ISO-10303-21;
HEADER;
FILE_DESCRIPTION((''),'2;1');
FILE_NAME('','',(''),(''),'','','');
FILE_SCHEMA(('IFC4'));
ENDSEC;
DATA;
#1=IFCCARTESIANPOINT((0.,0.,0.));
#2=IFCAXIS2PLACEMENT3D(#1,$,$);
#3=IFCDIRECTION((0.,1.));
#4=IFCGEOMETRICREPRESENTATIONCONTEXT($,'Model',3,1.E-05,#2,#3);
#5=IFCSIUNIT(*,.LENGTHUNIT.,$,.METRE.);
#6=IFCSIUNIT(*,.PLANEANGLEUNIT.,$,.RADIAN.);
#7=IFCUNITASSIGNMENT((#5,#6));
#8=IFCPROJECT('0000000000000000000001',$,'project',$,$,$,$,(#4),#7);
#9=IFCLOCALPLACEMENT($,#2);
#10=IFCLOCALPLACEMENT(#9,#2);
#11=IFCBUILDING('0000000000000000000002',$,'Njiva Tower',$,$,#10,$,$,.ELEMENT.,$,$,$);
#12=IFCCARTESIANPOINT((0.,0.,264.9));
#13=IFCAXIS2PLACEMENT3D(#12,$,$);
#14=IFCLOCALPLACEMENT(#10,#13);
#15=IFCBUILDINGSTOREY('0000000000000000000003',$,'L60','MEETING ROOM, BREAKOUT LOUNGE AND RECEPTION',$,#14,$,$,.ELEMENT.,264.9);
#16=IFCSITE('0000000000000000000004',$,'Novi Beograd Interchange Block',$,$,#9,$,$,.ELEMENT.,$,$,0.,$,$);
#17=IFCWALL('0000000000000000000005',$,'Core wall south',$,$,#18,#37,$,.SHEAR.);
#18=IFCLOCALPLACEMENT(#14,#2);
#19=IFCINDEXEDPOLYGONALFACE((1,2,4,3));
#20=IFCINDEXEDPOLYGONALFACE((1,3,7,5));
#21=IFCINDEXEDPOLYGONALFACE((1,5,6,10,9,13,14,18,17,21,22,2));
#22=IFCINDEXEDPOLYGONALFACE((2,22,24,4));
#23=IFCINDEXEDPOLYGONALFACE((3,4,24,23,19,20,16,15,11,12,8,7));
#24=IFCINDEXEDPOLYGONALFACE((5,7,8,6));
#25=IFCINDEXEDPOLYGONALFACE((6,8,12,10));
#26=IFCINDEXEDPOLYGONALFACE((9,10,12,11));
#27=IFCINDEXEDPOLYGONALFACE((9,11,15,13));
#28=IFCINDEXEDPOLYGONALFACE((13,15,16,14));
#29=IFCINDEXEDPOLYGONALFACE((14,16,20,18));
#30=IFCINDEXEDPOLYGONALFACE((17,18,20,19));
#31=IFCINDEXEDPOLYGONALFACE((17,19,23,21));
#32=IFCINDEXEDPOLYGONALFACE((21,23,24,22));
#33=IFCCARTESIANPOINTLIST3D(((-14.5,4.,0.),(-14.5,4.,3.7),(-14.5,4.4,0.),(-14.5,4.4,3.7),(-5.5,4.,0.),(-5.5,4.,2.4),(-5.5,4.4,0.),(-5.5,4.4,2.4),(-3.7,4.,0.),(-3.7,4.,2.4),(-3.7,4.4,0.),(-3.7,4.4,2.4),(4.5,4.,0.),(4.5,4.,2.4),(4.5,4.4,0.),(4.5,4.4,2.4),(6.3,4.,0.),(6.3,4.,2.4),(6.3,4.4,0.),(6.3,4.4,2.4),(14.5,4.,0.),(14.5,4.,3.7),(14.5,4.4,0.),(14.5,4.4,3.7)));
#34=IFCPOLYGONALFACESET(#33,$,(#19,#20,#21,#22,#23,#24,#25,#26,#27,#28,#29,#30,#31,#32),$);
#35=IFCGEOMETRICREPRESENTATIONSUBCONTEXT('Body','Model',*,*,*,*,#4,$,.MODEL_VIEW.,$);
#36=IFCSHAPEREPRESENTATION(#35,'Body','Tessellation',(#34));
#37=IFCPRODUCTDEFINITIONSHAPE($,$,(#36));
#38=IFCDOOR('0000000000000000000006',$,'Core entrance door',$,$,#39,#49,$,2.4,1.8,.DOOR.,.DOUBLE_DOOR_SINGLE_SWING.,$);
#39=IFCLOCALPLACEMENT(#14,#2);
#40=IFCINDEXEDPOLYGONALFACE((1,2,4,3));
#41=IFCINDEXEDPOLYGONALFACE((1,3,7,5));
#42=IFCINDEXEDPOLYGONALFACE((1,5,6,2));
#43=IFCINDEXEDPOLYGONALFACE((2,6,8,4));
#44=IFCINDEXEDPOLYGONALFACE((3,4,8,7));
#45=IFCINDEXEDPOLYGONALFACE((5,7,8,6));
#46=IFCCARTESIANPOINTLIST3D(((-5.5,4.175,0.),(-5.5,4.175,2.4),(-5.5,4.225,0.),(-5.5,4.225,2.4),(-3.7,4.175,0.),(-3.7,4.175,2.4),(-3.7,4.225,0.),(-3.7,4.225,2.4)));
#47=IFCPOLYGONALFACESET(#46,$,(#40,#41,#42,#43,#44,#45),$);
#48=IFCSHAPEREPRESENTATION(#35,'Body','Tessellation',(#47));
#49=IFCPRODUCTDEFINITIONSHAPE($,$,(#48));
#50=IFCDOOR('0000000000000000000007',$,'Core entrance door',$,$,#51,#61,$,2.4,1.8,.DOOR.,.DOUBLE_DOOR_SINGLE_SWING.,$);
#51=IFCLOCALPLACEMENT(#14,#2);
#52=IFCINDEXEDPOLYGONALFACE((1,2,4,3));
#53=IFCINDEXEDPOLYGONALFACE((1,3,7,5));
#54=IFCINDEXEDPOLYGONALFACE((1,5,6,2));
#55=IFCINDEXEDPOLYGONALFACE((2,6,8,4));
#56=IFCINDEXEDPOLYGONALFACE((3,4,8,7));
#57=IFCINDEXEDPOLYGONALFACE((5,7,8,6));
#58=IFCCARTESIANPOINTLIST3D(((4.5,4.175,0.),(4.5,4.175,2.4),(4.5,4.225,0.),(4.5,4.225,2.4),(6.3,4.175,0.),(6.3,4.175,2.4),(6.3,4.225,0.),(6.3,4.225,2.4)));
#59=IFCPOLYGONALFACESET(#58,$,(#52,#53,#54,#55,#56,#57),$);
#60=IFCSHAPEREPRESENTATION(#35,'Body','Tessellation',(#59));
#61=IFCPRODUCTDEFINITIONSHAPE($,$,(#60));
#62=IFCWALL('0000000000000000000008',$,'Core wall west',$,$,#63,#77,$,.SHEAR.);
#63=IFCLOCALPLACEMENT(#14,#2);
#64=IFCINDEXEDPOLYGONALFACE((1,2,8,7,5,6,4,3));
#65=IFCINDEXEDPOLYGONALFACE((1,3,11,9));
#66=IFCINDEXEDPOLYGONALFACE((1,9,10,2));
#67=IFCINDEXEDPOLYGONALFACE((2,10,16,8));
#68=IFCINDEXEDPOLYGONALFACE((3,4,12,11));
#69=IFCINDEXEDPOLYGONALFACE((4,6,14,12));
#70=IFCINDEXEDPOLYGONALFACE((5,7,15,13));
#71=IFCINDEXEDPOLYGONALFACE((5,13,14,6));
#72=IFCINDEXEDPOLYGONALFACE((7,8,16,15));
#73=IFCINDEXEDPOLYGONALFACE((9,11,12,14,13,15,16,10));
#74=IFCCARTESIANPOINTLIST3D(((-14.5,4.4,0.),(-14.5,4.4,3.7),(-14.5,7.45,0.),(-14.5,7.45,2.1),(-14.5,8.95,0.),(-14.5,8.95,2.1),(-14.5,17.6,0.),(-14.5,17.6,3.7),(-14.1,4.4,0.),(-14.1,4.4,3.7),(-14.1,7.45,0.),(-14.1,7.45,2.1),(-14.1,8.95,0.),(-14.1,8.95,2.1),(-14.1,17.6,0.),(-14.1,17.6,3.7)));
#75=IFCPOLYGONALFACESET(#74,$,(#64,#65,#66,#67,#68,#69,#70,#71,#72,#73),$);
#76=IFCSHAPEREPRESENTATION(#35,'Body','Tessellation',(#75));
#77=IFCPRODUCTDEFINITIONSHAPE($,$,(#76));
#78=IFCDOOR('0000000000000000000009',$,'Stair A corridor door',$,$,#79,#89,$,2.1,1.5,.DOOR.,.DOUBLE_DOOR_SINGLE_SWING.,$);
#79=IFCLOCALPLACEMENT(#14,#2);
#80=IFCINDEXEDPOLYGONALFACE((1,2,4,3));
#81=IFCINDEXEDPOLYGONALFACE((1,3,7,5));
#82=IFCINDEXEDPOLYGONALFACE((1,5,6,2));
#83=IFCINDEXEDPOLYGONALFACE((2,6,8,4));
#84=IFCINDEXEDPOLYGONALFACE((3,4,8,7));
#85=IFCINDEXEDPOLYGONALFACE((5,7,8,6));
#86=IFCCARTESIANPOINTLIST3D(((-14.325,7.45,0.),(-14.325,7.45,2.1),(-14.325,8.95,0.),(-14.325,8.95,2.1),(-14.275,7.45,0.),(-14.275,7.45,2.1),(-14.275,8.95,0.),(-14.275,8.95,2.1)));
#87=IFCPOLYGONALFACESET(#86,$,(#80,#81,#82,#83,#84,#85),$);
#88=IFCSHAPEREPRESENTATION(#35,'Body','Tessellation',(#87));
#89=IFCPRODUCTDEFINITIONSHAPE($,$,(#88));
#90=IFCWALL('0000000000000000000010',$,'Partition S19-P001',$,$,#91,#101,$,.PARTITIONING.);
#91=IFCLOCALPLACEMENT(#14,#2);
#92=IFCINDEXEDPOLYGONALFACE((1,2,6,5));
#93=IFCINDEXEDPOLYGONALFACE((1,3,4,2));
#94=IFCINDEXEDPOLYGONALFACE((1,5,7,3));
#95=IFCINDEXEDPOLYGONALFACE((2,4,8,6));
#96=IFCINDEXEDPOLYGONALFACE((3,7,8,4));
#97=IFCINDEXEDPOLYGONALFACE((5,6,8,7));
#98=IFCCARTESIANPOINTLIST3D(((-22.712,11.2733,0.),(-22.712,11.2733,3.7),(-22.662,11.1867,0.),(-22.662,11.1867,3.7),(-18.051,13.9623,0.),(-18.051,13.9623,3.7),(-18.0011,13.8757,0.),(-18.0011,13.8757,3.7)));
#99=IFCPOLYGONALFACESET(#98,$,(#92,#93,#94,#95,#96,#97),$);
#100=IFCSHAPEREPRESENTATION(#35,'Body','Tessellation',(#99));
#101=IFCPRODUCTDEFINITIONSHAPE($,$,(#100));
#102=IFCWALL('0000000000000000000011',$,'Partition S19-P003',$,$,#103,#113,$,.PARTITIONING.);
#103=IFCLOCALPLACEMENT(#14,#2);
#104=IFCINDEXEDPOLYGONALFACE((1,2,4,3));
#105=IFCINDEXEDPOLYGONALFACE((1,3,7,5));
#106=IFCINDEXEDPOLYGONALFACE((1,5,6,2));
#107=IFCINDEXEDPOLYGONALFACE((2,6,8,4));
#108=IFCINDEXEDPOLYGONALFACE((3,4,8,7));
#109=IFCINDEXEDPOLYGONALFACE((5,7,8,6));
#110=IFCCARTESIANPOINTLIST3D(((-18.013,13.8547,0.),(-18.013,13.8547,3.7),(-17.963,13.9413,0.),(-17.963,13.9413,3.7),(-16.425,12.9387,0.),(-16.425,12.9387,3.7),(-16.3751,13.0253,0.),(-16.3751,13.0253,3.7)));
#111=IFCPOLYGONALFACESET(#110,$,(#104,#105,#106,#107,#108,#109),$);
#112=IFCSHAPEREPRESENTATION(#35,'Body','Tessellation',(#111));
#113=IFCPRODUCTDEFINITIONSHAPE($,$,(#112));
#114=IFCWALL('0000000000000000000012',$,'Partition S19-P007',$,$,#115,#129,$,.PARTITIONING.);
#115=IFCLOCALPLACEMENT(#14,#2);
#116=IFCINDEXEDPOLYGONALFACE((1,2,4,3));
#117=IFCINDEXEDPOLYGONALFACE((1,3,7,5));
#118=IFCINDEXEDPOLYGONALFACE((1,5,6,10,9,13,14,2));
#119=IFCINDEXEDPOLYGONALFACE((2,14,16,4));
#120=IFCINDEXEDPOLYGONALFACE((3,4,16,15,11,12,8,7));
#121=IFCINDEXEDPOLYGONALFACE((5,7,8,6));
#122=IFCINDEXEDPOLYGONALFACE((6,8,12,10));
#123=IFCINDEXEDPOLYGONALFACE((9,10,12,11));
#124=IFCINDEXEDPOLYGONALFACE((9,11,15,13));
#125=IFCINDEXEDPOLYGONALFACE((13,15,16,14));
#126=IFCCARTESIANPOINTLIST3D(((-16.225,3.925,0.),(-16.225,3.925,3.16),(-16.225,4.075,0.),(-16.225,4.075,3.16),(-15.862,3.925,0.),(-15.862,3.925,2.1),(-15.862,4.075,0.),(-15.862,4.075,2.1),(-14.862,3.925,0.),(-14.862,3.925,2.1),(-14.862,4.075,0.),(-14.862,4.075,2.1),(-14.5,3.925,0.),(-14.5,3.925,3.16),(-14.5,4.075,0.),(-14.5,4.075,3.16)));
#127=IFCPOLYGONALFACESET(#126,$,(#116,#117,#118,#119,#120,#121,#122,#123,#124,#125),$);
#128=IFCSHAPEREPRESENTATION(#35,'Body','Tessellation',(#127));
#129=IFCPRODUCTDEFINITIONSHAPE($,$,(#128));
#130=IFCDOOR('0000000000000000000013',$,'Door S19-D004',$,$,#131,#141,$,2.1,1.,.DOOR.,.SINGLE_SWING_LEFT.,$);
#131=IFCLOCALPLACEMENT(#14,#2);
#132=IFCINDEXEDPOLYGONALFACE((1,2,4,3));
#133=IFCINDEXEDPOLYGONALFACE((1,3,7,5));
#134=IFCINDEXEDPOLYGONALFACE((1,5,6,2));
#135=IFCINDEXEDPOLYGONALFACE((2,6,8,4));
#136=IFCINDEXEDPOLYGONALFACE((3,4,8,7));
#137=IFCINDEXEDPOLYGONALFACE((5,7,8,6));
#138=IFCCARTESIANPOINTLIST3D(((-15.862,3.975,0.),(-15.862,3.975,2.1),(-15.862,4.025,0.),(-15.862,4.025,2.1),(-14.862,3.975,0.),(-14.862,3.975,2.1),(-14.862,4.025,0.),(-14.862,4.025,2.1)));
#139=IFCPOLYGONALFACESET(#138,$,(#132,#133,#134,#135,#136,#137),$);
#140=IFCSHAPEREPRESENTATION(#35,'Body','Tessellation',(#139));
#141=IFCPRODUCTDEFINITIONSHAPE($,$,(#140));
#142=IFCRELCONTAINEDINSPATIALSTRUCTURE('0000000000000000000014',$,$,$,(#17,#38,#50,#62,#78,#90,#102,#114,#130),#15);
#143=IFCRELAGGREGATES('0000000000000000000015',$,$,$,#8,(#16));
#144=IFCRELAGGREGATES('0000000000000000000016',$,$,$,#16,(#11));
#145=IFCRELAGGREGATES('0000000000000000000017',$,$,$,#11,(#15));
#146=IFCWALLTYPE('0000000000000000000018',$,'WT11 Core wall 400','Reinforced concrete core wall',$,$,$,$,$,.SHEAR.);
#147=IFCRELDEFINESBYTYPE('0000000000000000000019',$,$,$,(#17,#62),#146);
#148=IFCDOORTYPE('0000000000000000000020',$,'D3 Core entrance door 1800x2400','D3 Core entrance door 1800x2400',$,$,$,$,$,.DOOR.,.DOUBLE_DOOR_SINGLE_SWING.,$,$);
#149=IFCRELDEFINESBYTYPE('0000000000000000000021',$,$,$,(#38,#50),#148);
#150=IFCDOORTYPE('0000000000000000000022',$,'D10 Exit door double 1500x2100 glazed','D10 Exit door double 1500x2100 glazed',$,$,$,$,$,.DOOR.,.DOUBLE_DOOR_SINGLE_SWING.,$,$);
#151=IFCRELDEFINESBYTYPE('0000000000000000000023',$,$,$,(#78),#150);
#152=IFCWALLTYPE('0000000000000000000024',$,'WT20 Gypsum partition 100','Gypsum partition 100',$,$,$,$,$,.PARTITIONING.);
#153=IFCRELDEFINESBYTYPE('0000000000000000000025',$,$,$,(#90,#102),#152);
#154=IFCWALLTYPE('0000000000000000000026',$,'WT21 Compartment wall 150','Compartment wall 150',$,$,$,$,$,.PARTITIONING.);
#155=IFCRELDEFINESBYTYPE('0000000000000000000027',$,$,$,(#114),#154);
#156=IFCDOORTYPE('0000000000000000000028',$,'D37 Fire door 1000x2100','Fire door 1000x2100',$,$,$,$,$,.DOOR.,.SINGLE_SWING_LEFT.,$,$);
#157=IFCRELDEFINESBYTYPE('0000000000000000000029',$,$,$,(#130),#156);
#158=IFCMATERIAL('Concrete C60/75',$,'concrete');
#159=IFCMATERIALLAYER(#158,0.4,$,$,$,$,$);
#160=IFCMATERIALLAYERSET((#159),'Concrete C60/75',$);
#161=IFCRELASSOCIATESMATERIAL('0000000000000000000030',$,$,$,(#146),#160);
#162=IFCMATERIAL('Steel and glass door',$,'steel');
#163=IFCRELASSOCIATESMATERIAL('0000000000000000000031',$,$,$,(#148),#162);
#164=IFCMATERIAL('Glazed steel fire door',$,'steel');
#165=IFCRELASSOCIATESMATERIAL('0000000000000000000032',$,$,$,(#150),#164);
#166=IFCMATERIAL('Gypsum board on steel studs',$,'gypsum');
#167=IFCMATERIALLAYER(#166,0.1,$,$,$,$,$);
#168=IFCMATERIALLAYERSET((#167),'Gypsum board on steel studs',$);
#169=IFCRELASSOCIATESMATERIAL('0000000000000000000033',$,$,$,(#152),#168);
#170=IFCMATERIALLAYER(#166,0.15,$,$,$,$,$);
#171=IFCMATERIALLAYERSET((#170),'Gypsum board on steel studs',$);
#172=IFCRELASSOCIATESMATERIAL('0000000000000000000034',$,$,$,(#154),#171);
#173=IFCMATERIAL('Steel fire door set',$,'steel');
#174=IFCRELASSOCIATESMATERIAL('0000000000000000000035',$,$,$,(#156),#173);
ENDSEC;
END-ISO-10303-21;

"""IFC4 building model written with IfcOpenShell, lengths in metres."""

from ifc_helpers import new_model, si_unit, direction, frame, frame_2d, origin, place, context, subcontext, project, spatial, rectangle, extrude, material, layer, layer_set, type_object, element, fill, save


model = new_model("IFC4")

# Units and contexts
model_context = context("Model", 3, precision=1e-05, world=origin(), true_north=direction((0.0, 1.0)))
body_context = subcontext(model_context, "Body", "Model", "MODEL_VIEW")
ifc_project = project(units=[si_unit("LENGTHUNIT", "METRE"), si_unit("PLANEANGLEUNIT", "RADIAN")], contexts=[model_context])

# Site, building, storey
site_placement = place(None, origin())
site = spatial("IfcSite", under=ifc_project, at=site_placement, Name="Novi Beograd Interchange Block", CompositionType="ELEMENT", RefElevation=0.0)
building_placement = place(site_placement, origin())
building = spatial("IfcBuilding", under=site, at=building_placement, Name="Njiva Tower", CompositionType="ELEMENT")
storey_placement = place(building_placement, frame((0.0, 0.0, 264.9)))
storey = spatial("IfcBuildingStorey", under=building, at=storey_placement, Name="L60", Description="MEETING ROOM, BREAKOUT LOUNGE AND RECEPTION", CompositionType="ELEMENT", Elevation=264.9)

# Wall, openings, doors
ifc_material_1 = material(Name="Concrete C60/75", Category="concrete")
ifc_layer_1 = layer(ifc_material_1, 0.4)
ifc_layer_set_1 = layer_set([ifc_layer_1], Name="Concrete C60/75")
wall_type_1 = type_object("IfcWallType", Name="WT11 Core wall 400", Description="Reinforced concrete core wall", PredefinedType="SHEAR", material=ifc_layer_set_1)
wall_1_placement = place(storey_placement, frame((-14.5, 4.2, 0.0), z_axis=(0.0, 0.0, 1.0), x_axis=(1.0, 0.0, 0.0)))
wall_1 = element("IfcWall", 1, at=wall_1_placement, inside=storey, type_object=wall_type_1, Name="Core wall south", PredefinedType="SHEAR", context=body_context, shape_type="SweptSolid", body=[
    extrude(rectangle(XDim=29.0, YDim=0.4, at=frame_2d((14.5, 0.0))), origin(), (0.0, 0.0, 1.0), 3.7),
])
opening_1_placement = place(wall_1_placement, frame((9.0, 0.0, 0.0)))
opening_1 = element("IfcOpeningElement", 2, at=opening_1_placement, cuts=wall_1, PredefinedType="OPENING", context=body_context, shape_type="SweptSolid", body=[
    extrude(rectangle(XDim=1.8, YDim=2.4, at=frame_2d((0.9, 1.2))), frame((0.0, 0.21, 0.0), z_axis=(0.0, -1.0, 0.0), x_axis=(1.0, 0.0, 0.0)), (0.0, 0.0, 1.0), 0.42),
])
opening_2_placement = place(wall_1_placement, frame((19.0, 0.0, 0.0)))
opening_2 = element("IfcOpeningElement", 3, at=opening_2_placement, cuts=wall_1, PredefinedType="OPENING", context=body_context, shape_type="SweptSolid", body=[
    extrude(rectangle(XDim=1.8, YDim=2.4, at=frame_2d((0.9, 1.2))), frame((0.0, 0.21, 0.0), z_axis=(0.0, -1.0, 0.0), x_axis=(1.0, 0.0, 0.0)), (0.0, 0.0, 1.0), 0.42),
])
ifc_material_2 = material(Name="Steel and glass door", Category="steel")
door_type_1 = type_object("IfcDoorType", Name="D3 Core entrance door 1800x2400", Description="D3 Core entrance door 1800x2400", OperationType="DOUBLE_DOOR_SINGLE_SWING", PredefinedType="DOOR", material=ifc_material_2)
door_1_placement = place(opening_1_placement, origin())
door_1 = element("IfcDoor", 4, at=door_1_placement, inside=storey, type_object=door_type_1, Name="Core entrance door", OperationType="DOUBLE_DOOR_SINGLE_SWING", OverallHeight=2.4, OverallWidth=1.8, PredefinedType="DOOR", context=body_context, shape_type="SweptSolid", body=[
    extrude(rectangle(XDim=1.8, YDim=2.4, at=frame_2d((0.9, 1.2))), frame((0.0, 0.025, 0.0), z_axis=(0.0, -1.0, 0.0), x_axis=(1.0, 0.0, 0.0)), (0.0, 0.0, 1.0), 0.05),
])
fill(opening_1, door_1)
door_2_placement = place(opening_2_placement, origin())
door_2 = element("IfcDoor", 5, at=door_2_placement, inside=storey, type_object=door_type_1, Name="Core entrance door", OperationType="DOUBLE_DOOR_SINGLE_SWING", OverallHeight=2.4, OverallWidth=1.8, PredefinedType="DOOR", context=body_context, shape_type="SweptSolid", body=[
    extrude(rectangle(XDim=1.8, YDim=2.4, at=frame_2d((0.9, 1.2))), frame((0.0, 0.025, 0.0), z_axis=(0.0, -1.0, 0.0), x_axis=(1.0, 0.0, 0.0)), (0.0, 0.0, 1.0), 0.05),
])
fill(opening_2, door_2)

# Wall, opening, door
wall_2_placement = place(storey_placement, frame((-14.3, 4.4, 0.0), z_axis=(0.0, 0.0, 1.0), x_axis=(0.0, 1.0, 0.0)))
wall_2 = element("IfcWall", 6, at=wall_2_placement, inside=storey, type_object=wall_type_1, Name="Core wall west", PredefinedType="SHEAR", context=body_context, shape_type="SweptSolid", body=[
    extrude(rectangle(XDim=13.2, YDim=0.4, at=frame_2d((6.6, 0.0))), origin(), (0.0, 0.0, 1.0), 3.7),
])
opening_3_placement = place(wall_2_placement, frame((3.05, 0.0, 0.0)))
opening_3 = element("IfcOpeningElement", 7, at=opening_3_placement, cuts=wall_2, PredefinedType="OPENING", context=body_context, shape_type="SweptSolid", body=[
    extrude(rectangle(XDim=1.5, YDim=2.1, at=frame_2d((0.75, 1.05))), frame((0.0, 0.21, 0.0), z_axis=(0.0, -1.0, 0.0), x_axis=(1.0, 0.0, 0.0)), (0.0, 0.0, 1.0), 0.42),
])
ifc_material_3 = material(Name="Glazed steel fire door", Category="steel")
door_type_2 = type_object("IfcDoorType", Name="D10 Exit door double 1500x2100 glazed", Description="D10 Exit door double 1500x2100 glazed", OperationType="DOUBLE_DOOR_SINGLE_SWING", PredefinedType="DOOR", material=ifc_material_3)
door_3_placement = place(opening_3_placement, origin())
door_3 = element("IfcDoor", 8, at=door_3_placement, inside=storey, type_object=door_type_2, Name="Stair A corridor door", OperationType="DOUBLE_DOOR_SINGLE_SWING", OverallHeight=2.1, OverallWidth=1.5, PredefinedType="DOOR", context=body_context, shape_type="SweptSolid", body=[
    extrude(rectangle(XDim=1.5, YDim=2.1, at=frame_2d((0.75, 1.05))), frame((0.0, 0.025, 0.0), z_axis=(0.0, -1.0, 0.0), x_axis=(1.0, 0.0, 0.0)), (0.0, 0.0, 1.0), 0.05),
])
fill(opening_3, door_3)

# Walls
ifc_material_4 = material(Name="Gypsum board on steel studs", Category="gypsum")
ifc_layer_2 = layer(ifc_material_4, 0.1)
ifc_layer_set_2 = layer_set([ifc_layer_2], Name="Gypsum board on steel studs")
wall_type_2 = type_object("IfcWallType", Name="WT20 Gypsum partition 100", Description="Gypsum partition 100", PredefinedType="PARTITIONING", material=ifc_layer_set_2)
wall_3_placement = place(storey_placement, frame((-22.687, 11.23, 0.0), z_axis=(0.0, 0.0, 1.0), x_axis=(0.866189, 0.499717, 0.0)))
element("IfcWall", 9, at=wall_3_placement, inside=storey, type_object=wall_type_2, Name="Partition S19-P001", PredefinedType="PARTITIONING", context=body_context, shape_type="SweptSolid", body=[
    extrude(rectangle(XDim=5.381, YDim=0.1, at=frame_2d((2.6905, 0.0))), origin(), (0.0, 0.0, 1.0), 3.7),
])
wall_4_placement = place(storey_placement, frame((-17.988, 13.898, 0.0), z_axis=(0.0, 0.0, 1.0), x_axis=(0.866222, -0.499659, 0.0)))
element("IfcWall", 10, at=wall_4_placement, inside=storey, type_object=wall_type_2, Name="Partition S19-P003", PredefinedType="PARTITIONING", context=body_context, shape_type="SweptSolid", body=[
    extrude(rectangle(XDim=1.8332, YDim=0.1, at=frame_2d((0.9166, 0.0))), origin(), (0.0, 0.0, 1.0), 3.7),
])

# Wall, opening, door
ifc_layer_3 = layer(ifc_material_4, 0.15)
ifc_layer_set_3 = layer_set([ifc_layer_3], Name="Gypsum board on steel studs")
wall_type_3 = type_object("IfcWallType", Name="WT21 Compartment wall 150", Description="Compartment wall 150", PredefinedType="PARTITIONING", material=ifc_layer_set_3)
wall_5_placement = place(storey_placement, frame((-16.225, 4.0, 0.0), z_axis=(0.0, 0.0, 1.0), x_axis=(1.0, 0.0, 0.0)))
wall_5 = element("IfcWall", 11, at=wall_5_placement, inside=storey, type_object=wall_type_3, Name="Partition S19-P007", PredefinedType="PARTITIONING", context=body_context, shape_type="SweptSolid", body=[
    extrude(rectangle(XDim=1.725, YDim=0.15, at=frame_2d((0.8625, 0.0))), origin(), (0.0, 0.0, 1.0), 3.16),
])
opening_4_placement = place(wall_5_placement, frame((0.363, 0.0, 0.0)))
opening_4 = element("IfcOpeningElement", 12, at=opening_4_placement, cuts=wall_5, PredefinedType="OPENING", context=body_context, shape_type="SweptSolid", body=[
    extrude(rectangle(XDim=1.0, YDim=2.1, at=frame_2d((0.5, 1.05))), frame((0.0, 0.085, 0.0), z_axis=(0.0, -1.0, 0.0), x_axis=(1.0, 0.0, 0.0)), (0.0, 0.0, 1.0), 0.17),
])
ifc_material_5 = material(Name="Steel fire door set", Category="steel")
door_type_3 = type_object("IfcDoorType", Name="D37 Fire door 1000x2100", Description="Fire door 1000x2100", OperationType="SINGLE_SWING_LEFT", PredefinedType="DOOR", material=ifc_material_5)
door_4_placement = place(opening_4_placement, origin())
door_4 = element("IfcDoor", 13, at=door_4_placement, inside=storey, type_object=door_type_3, Name="Door S19-D004", OperationType="SINGLE_SWING_LEFT", OverallHeight=2.1, OverallWidth=1.0, PredefinedType="DOOR", context=body_context, shape_type="SweptSolid", body=[
    extrude(rectangle(XDim=1.0, YDim=2.1, at=frame_2d((0.5, 1.05))), frame((0.0, 0.025, 0.0), z_axis=(0.0, -1.0, 0.0), x_axis=(1.0, 0.0, 0.0)), (0.0, 0.0, 1.0), 0.05),
])
fill(opening_4, door_4)

save(model, "model.ifc")
